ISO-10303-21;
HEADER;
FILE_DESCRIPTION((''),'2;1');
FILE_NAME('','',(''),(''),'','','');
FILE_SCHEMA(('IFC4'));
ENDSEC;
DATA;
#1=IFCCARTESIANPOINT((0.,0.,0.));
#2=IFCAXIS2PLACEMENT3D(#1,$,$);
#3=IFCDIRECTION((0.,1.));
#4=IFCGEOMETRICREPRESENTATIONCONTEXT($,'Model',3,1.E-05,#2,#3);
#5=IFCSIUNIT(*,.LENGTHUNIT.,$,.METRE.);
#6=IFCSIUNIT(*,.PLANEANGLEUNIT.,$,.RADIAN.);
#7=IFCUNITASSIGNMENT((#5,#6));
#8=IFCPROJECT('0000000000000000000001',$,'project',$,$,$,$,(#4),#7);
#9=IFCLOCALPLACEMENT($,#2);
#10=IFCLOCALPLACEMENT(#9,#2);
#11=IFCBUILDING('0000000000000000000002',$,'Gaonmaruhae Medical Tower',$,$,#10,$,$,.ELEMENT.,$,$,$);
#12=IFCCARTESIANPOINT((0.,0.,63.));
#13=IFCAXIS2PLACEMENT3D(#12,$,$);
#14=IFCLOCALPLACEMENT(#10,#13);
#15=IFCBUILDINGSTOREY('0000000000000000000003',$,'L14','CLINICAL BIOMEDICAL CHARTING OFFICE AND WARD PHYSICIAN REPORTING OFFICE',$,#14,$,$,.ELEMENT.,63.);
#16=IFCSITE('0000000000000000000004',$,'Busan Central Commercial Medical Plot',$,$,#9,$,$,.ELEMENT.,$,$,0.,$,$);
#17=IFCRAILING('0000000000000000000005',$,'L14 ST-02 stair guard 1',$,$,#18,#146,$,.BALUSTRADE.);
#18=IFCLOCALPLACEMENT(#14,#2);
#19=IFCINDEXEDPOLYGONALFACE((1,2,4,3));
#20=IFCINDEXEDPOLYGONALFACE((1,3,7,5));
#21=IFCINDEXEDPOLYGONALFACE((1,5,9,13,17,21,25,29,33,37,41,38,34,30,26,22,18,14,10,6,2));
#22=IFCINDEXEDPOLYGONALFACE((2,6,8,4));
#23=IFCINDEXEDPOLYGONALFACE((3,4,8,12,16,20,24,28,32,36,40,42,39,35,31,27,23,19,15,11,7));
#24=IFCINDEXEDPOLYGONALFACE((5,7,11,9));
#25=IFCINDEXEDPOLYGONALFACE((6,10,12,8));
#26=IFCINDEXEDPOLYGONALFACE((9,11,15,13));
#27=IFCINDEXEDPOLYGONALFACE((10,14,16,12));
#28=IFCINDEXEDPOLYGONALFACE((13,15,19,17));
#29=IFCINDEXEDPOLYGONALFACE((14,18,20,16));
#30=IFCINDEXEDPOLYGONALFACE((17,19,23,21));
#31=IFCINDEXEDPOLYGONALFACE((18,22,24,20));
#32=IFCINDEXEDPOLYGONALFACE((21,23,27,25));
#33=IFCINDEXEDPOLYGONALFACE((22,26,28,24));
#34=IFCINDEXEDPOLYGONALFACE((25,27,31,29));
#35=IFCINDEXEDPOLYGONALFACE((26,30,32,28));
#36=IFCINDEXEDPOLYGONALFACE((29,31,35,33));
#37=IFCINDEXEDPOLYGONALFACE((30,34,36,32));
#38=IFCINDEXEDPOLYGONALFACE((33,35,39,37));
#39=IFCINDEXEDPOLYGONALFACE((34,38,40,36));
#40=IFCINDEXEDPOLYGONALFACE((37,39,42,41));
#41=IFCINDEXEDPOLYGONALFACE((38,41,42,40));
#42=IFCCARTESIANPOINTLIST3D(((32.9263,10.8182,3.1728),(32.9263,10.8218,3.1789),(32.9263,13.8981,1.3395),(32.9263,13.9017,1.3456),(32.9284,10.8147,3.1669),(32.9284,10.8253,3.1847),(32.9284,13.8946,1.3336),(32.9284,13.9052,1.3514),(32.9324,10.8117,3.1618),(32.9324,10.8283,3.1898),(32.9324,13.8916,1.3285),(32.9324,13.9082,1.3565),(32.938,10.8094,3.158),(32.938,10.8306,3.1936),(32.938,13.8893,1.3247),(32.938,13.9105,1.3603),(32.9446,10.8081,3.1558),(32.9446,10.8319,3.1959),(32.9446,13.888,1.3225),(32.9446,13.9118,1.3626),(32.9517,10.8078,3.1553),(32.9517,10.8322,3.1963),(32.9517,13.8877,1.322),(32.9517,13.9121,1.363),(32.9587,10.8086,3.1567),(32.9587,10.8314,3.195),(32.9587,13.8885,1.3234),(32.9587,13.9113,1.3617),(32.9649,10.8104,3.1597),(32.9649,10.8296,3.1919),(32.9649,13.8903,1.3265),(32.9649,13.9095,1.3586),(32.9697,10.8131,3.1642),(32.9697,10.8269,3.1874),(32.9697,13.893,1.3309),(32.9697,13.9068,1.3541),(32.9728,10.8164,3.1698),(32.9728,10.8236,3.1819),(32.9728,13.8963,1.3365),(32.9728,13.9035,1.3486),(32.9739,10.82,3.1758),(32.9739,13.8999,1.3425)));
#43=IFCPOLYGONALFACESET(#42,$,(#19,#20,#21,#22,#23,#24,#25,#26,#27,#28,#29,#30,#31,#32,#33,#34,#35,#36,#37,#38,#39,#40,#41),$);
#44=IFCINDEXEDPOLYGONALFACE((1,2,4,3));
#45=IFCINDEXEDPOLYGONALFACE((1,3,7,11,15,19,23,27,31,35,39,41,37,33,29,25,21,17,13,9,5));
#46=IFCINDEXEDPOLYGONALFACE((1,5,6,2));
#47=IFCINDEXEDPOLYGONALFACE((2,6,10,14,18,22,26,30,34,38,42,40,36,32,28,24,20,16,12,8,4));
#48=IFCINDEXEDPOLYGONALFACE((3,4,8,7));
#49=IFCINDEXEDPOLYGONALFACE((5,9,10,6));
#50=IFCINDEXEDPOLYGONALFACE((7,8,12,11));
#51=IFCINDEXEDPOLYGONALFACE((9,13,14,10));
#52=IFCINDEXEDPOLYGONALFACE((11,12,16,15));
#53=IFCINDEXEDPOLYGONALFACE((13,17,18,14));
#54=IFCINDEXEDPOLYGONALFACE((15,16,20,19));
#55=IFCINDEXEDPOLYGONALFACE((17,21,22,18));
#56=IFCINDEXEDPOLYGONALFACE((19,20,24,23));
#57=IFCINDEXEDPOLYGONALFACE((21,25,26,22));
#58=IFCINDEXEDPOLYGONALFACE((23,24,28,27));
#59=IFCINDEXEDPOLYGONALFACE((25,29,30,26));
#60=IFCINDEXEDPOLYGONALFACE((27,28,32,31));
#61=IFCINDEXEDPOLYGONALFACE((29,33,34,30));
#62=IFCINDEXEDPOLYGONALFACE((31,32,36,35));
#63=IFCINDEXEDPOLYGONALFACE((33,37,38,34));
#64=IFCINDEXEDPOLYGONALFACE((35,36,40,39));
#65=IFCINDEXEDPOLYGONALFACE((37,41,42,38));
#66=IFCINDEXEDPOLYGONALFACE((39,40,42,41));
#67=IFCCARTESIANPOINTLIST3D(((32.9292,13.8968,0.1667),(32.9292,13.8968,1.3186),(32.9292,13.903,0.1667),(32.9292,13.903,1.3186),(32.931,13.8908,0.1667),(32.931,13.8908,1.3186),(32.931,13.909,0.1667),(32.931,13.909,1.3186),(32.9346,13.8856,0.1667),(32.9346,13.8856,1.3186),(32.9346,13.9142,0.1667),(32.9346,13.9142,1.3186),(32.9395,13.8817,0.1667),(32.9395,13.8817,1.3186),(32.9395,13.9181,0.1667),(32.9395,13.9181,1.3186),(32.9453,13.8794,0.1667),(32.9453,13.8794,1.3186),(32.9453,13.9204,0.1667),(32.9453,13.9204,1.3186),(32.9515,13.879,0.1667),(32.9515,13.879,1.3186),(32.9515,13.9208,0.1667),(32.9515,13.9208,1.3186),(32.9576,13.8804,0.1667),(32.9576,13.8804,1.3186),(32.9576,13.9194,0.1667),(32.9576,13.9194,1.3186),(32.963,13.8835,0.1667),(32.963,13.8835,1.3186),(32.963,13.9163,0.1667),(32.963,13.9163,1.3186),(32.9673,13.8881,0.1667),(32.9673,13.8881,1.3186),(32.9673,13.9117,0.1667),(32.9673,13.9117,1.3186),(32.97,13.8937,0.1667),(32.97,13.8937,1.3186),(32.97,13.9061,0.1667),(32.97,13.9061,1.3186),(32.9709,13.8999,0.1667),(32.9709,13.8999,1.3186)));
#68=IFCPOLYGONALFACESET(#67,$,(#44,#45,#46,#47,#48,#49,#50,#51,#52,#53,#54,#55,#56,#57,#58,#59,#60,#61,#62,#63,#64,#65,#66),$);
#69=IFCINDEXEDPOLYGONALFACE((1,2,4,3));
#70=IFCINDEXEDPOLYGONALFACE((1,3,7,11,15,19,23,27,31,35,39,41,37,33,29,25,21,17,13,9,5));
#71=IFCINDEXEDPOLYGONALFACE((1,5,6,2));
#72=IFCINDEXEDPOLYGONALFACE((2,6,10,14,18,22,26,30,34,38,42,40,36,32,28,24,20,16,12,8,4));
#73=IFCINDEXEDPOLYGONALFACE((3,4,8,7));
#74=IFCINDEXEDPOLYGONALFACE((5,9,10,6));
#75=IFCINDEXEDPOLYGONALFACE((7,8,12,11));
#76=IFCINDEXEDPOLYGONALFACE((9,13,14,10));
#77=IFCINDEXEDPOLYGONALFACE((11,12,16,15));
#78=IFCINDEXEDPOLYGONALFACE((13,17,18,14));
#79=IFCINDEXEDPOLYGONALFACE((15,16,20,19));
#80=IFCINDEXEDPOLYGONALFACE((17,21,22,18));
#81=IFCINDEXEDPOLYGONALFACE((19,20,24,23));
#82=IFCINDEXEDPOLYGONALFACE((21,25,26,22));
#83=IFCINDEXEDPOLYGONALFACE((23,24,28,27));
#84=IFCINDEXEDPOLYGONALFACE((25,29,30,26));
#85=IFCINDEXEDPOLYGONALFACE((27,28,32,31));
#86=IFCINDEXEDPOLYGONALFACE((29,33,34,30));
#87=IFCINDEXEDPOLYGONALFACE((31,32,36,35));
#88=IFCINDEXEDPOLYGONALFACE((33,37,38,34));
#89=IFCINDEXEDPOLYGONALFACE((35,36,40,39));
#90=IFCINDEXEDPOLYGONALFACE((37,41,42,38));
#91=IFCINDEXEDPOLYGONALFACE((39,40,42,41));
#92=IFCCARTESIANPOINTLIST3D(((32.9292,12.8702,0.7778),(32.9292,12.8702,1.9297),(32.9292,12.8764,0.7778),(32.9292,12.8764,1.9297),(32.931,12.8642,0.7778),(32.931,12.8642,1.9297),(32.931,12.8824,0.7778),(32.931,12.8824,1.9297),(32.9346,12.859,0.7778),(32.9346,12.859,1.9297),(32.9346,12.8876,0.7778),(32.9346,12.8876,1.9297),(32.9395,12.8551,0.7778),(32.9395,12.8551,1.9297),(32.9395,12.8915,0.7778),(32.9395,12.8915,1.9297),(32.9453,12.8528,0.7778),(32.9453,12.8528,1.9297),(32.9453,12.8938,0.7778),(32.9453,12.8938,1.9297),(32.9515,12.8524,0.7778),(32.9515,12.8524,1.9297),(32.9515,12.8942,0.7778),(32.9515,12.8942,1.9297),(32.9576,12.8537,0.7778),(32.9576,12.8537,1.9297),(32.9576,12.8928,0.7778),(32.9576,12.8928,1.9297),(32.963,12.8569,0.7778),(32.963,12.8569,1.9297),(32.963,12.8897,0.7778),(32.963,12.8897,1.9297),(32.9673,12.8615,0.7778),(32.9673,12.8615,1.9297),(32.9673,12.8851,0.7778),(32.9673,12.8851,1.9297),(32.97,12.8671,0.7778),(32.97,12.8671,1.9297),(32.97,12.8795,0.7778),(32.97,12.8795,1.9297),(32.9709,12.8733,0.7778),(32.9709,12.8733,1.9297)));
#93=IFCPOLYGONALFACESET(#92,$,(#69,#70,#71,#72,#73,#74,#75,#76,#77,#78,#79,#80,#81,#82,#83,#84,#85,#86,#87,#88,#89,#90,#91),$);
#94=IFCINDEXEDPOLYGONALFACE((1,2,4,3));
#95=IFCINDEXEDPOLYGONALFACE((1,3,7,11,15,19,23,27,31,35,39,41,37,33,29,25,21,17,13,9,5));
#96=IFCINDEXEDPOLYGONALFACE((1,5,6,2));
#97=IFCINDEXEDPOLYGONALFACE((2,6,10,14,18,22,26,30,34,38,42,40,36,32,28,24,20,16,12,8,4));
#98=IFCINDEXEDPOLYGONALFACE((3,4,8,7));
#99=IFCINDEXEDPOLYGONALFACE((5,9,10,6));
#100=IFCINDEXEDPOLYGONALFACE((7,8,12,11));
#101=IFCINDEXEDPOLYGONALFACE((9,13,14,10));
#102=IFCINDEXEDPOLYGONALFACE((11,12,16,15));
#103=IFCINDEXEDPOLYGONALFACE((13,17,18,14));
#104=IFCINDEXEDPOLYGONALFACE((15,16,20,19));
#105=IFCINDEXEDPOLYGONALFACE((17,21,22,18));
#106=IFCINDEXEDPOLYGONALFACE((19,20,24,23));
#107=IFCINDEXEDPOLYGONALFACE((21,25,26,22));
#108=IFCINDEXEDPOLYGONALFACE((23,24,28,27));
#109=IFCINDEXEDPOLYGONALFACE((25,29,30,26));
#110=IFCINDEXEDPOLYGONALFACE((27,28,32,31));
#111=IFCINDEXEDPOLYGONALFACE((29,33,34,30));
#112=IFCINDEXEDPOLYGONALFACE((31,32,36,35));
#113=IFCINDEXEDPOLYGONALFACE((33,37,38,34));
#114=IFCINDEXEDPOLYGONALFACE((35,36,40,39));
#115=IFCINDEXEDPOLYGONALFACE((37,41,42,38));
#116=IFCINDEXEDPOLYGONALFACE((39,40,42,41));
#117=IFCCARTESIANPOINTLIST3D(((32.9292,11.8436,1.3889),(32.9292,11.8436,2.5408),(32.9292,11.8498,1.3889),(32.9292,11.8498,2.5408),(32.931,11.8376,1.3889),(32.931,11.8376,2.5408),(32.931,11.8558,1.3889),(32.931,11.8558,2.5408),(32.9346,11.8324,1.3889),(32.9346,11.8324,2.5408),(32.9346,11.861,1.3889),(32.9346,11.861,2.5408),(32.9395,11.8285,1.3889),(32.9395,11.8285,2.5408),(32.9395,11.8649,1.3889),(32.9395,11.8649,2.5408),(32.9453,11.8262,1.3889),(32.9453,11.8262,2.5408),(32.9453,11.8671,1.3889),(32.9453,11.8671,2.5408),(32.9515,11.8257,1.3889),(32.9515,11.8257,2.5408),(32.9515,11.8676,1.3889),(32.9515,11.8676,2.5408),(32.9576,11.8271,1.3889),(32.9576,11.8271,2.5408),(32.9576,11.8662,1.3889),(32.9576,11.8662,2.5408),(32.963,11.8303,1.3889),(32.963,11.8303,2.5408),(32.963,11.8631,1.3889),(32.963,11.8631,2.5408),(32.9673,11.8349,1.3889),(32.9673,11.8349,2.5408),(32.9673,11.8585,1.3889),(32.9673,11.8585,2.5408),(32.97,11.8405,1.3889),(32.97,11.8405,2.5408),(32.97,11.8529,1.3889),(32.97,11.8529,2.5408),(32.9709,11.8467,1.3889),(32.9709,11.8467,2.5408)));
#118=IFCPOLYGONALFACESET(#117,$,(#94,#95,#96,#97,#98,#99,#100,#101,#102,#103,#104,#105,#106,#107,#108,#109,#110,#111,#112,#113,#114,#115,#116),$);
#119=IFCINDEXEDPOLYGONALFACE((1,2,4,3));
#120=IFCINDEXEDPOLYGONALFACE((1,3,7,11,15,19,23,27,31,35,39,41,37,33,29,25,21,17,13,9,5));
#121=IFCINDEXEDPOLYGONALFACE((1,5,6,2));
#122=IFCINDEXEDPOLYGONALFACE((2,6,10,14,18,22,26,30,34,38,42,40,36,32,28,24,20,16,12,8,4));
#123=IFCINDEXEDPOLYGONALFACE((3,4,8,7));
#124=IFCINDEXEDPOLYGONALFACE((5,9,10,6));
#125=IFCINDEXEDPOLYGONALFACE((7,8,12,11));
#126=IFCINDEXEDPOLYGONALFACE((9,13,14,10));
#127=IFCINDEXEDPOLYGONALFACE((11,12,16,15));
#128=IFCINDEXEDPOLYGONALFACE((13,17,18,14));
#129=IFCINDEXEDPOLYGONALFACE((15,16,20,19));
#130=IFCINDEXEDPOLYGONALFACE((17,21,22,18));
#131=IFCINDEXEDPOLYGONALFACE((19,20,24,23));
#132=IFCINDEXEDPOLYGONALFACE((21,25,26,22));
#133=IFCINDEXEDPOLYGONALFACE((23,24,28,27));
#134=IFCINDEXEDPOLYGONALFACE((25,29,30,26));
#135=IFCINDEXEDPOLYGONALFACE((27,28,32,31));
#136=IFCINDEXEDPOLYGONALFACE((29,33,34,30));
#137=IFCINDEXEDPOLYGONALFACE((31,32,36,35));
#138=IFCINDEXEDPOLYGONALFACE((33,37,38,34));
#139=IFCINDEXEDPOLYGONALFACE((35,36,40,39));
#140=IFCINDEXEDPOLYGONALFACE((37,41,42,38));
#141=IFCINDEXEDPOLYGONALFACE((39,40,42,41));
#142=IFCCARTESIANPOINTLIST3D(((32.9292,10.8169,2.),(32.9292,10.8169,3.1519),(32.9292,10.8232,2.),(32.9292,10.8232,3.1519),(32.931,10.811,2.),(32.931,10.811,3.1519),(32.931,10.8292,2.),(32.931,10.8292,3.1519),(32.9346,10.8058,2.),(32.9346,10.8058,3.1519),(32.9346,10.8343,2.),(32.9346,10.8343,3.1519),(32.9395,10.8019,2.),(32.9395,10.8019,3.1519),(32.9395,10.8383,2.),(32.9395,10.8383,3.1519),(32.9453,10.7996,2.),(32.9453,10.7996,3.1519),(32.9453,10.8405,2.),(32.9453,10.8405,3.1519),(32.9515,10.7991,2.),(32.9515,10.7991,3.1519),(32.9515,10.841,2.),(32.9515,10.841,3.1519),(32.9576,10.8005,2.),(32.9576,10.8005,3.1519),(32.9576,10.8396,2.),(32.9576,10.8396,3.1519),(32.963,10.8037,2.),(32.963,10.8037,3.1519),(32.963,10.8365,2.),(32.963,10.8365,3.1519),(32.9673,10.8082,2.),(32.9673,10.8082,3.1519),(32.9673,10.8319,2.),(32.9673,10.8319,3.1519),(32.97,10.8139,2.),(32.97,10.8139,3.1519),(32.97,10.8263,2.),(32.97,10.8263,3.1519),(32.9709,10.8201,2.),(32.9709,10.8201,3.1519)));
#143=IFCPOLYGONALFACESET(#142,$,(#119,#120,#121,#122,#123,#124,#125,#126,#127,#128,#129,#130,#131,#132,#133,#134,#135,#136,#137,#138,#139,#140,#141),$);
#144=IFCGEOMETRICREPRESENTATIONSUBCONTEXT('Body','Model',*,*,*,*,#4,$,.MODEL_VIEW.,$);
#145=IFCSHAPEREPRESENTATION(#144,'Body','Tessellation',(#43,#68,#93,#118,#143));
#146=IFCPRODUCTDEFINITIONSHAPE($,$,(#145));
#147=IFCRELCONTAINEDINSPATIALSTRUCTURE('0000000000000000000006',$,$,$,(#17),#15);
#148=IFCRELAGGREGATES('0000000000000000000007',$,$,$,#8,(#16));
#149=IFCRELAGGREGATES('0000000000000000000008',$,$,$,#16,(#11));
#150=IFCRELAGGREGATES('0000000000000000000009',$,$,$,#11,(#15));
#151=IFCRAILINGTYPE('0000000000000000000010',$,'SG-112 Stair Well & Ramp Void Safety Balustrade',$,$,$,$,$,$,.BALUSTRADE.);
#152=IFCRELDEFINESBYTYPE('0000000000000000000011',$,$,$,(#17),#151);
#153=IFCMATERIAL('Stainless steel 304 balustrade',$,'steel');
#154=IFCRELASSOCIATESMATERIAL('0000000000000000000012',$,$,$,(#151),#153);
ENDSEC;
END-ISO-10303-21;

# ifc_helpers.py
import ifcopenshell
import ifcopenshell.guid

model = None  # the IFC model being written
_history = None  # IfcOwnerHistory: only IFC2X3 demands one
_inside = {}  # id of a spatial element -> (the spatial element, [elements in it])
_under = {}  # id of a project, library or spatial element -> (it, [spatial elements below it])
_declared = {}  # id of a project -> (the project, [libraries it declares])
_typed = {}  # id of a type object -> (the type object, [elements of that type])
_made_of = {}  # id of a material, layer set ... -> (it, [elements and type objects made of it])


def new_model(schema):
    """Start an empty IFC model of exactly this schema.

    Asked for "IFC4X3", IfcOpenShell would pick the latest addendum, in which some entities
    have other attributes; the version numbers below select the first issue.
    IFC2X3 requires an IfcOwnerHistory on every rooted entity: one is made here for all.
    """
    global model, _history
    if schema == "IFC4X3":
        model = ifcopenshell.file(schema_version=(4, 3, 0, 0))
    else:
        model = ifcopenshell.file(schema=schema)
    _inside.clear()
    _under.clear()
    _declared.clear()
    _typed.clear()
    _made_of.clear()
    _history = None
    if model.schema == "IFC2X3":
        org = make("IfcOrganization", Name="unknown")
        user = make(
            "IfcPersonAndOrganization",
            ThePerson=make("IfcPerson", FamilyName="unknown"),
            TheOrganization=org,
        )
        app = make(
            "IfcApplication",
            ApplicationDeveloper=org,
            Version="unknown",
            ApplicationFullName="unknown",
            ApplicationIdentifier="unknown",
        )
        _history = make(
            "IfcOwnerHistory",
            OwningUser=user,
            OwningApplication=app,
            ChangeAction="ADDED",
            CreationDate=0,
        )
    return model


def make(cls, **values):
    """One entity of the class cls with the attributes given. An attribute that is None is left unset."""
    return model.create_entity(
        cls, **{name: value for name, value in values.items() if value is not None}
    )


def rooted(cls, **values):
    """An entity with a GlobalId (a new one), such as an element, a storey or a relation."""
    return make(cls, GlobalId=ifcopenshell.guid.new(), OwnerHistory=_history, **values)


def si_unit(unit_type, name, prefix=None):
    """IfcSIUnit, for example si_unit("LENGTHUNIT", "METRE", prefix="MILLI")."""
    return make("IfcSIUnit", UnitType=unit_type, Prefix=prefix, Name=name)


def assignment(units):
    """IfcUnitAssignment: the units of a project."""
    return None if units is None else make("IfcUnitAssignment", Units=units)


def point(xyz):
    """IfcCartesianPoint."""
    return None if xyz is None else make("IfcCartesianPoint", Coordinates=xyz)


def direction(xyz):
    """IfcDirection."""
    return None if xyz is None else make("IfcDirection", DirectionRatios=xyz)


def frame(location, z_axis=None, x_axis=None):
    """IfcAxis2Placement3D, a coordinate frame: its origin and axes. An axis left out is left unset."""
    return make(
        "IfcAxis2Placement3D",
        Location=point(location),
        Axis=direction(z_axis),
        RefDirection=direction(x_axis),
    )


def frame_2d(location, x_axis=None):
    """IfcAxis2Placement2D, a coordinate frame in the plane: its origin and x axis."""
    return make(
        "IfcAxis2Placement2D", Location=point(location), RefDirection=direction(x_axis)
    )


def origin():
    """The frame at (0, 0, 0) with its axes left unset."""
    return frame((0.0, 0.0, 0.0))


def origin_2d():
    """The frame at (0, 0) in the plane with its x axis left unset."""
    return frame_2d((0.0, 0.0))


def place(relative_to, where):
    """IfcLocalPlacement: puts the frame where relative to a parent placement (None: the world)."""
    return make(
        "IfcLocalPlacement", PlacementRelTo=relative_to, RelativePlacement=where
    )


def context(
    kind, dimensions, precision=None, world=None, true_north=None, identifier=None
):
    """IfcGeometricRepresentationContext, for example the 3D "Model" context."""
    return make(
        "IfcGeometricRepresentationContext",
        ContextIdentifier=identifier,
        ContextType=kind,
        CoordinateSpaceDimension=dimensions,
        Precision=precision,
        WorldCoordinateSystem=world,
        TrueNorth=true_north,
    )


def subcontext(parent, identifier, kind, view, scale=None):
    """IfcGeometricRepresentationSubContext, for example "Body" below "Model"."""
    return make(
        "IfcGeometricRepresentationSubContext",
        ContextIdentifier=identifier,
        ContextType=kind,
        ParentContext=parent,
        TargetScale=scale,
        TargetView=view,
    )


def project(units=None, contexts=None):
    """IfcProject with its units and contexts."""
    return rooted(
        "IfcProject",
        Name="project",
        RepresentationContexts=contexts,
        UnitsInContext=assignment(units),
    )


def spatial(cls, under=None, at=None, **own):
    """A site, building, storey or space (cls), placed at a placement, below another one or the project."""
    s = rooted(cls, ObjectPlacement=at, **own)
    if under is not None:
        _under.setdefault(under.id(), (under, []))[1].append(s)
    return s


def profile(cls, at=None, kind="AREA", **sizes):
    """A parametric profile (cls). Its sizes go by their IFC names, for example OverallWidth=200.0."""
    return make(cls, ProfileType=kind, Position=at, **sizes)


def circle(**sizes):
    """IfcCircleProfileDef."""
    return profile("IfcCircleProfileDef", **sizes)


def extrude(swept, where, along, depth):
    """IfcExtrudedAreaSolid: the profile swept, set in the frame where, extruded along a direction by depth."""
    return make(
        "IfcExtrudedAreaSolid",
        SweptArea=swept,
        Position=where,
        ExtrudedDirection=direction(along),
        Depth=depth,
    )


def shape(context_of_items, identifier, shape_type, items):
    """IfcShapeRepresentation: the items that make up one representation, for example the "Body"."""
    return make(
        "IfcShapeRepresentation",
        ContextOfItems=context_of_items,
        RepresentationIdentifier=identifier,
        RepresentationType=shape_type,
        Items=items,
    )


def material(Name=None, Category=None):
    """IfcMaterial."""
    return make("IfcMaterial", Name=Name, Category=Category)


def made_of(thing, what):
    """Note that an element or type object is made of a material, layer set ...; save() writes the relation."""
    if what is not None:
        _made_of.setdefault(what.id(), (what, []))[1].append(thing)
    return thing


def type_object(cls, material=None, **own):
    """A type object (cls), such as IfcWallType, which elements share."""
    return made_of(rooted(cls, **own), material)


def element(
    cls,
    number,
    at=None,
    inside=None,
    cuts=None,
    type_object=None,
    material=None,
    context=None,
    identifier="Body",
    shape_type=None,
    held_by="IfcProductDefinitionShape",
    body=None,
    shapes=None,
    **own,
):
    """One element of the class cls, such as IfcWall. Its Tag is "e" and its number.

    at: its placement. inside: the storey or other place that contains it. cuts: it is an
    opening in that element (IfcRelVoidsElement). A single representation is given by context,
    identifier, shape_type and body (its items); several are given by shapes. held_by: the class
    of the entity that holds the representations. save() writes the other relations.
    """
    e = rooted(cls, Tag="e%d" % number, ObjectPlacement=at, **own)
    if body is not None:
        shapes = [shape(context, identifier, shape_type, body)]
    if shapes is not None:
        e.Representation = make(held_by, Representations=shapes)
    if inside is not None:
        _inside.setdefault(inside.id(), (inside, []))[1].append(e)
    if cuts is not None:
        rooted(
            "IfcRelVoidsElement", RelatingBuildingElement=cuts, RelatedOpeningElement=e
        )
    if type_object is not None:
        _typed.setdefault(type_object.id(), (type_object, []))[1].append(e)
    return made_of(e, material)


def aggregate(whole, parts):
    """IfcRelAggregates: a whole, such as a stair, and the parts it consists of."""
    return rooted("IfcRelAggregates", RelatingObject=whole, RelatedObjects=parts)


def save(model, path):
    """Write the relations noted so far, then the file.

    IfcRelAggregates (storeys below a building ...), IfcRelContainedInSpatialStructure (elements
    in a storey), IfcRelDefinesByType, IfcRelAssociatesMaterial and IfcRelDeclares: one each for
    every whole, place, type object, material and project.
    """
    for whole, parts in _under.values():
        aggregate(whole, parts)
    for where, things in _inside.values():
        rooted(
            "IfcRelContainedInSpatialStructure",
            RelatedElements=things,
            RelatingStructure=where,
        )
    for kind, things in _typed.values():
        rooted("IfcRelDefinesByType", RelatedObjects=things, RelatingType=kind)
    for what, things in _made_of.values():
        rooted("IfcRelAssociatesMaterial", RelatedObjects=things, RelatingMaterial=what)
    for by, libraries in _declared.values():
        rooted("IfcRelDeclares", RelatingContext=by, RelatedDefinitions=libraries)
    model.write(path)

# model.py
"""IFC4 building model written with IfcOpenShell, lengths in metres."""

from ifc_helpers import new_model, si_unit, direction, frame, origin, origin_2d, place, context, subcontext, project, spatial, circle, extrude, material, type_object, element, save


model = new_model("IFC4")

# Units and contexts
model_context = context("Model", 3, precision=1e-05, world=origin(), true_north=direction((0.0, 1.0)))
body_context = subcontext(model_context, "Body", "Model", "MODEL_VIEW")
ifc_project = project(units=[si_unit("LENGTHUNIT", "METRE"), si_unit("PLANEANGLEUNIT", "RADIAN")], contexts=[model_context])

# Site, building, storey
site_placement = place(None, origin())
site = spatial("IfcSite", under=ifc_project, at=site_placement, Name="Busan Central Commercial Medical Plot", CompositionType="ELEMENT", RefElevation=0.0)
building_placement = place(site_placement, origin())
building = spatial("IfcBuilding", under=site, at=building_placement, Name="Gaonmaruhae Medical Tower", CompositionType="ELEMENT")
storey_placement = place(building_placement, frame((0.0, 0.0, 63.0)))
storey = spatial("IfcBuildingStorey", under=building, at=storey_placement, Name="L14", Description="CLINICAL BIOMEDICAL CHARTING OFFICE AND WARD PHYSICIAN REPORTING OFFICE", CompositionType="ELEMENT", Elevation=63.0)

# Railing
ifc_material_1 = material(Name="Stainless steel 304 balustrade", Category="steel")
railing_type_1 = type_object("IfcRailingType", Name="SG-112 Stair Well & Ramp Void Safety Balustrade", PredefinedType="BALUSTRADE", material=ifc_material_1)
railing_1_placement = place(storey_placement, frame((32.95, 13.8999, 0.1667)))
element("IfcRailing", 1, at=railing_1_placement, inside=storey, type_object=railing_type_1, Name="L14 ST-02 stair guard 1", PredefinedType="BALUSTRADE", context=body_context, shape_type="SweptSolid", body=[
    extrude(circle(Radius=0.0239, at=origin_2d()), frame((0.0, 0.0, 1.1758), z_axis=(0.0, -0.859291, 0.511487), x_axis=(1.0, 0.0, 0.0)), (0.0, 0.0, 1.0), 3.5842),
    extrude(circle(Radius=0.021, at=origin_2d()), origin(), (0.0, 0.0, 1.0), 1.1519),
    extrude(circle(Radius=0.021, at=origin_2d()), frame((0.0, -1.0266, 0.6111)), (0.0, 0.0, 1.0), 1.1519),
    extrude(circle(Radius=0.021, at=origin_2d()), frame((0.0, -2.0532, 1.2222)), (0.0, 0.0, 1.0), 1.1519),
    extrude(circle(Radius=0.021, at=origin_2d()), frame((0.0, -3.0798, 1.8333)), (0.0, 0.0, 1.0), 1.1519),
])

save(model, "model.ifc")
